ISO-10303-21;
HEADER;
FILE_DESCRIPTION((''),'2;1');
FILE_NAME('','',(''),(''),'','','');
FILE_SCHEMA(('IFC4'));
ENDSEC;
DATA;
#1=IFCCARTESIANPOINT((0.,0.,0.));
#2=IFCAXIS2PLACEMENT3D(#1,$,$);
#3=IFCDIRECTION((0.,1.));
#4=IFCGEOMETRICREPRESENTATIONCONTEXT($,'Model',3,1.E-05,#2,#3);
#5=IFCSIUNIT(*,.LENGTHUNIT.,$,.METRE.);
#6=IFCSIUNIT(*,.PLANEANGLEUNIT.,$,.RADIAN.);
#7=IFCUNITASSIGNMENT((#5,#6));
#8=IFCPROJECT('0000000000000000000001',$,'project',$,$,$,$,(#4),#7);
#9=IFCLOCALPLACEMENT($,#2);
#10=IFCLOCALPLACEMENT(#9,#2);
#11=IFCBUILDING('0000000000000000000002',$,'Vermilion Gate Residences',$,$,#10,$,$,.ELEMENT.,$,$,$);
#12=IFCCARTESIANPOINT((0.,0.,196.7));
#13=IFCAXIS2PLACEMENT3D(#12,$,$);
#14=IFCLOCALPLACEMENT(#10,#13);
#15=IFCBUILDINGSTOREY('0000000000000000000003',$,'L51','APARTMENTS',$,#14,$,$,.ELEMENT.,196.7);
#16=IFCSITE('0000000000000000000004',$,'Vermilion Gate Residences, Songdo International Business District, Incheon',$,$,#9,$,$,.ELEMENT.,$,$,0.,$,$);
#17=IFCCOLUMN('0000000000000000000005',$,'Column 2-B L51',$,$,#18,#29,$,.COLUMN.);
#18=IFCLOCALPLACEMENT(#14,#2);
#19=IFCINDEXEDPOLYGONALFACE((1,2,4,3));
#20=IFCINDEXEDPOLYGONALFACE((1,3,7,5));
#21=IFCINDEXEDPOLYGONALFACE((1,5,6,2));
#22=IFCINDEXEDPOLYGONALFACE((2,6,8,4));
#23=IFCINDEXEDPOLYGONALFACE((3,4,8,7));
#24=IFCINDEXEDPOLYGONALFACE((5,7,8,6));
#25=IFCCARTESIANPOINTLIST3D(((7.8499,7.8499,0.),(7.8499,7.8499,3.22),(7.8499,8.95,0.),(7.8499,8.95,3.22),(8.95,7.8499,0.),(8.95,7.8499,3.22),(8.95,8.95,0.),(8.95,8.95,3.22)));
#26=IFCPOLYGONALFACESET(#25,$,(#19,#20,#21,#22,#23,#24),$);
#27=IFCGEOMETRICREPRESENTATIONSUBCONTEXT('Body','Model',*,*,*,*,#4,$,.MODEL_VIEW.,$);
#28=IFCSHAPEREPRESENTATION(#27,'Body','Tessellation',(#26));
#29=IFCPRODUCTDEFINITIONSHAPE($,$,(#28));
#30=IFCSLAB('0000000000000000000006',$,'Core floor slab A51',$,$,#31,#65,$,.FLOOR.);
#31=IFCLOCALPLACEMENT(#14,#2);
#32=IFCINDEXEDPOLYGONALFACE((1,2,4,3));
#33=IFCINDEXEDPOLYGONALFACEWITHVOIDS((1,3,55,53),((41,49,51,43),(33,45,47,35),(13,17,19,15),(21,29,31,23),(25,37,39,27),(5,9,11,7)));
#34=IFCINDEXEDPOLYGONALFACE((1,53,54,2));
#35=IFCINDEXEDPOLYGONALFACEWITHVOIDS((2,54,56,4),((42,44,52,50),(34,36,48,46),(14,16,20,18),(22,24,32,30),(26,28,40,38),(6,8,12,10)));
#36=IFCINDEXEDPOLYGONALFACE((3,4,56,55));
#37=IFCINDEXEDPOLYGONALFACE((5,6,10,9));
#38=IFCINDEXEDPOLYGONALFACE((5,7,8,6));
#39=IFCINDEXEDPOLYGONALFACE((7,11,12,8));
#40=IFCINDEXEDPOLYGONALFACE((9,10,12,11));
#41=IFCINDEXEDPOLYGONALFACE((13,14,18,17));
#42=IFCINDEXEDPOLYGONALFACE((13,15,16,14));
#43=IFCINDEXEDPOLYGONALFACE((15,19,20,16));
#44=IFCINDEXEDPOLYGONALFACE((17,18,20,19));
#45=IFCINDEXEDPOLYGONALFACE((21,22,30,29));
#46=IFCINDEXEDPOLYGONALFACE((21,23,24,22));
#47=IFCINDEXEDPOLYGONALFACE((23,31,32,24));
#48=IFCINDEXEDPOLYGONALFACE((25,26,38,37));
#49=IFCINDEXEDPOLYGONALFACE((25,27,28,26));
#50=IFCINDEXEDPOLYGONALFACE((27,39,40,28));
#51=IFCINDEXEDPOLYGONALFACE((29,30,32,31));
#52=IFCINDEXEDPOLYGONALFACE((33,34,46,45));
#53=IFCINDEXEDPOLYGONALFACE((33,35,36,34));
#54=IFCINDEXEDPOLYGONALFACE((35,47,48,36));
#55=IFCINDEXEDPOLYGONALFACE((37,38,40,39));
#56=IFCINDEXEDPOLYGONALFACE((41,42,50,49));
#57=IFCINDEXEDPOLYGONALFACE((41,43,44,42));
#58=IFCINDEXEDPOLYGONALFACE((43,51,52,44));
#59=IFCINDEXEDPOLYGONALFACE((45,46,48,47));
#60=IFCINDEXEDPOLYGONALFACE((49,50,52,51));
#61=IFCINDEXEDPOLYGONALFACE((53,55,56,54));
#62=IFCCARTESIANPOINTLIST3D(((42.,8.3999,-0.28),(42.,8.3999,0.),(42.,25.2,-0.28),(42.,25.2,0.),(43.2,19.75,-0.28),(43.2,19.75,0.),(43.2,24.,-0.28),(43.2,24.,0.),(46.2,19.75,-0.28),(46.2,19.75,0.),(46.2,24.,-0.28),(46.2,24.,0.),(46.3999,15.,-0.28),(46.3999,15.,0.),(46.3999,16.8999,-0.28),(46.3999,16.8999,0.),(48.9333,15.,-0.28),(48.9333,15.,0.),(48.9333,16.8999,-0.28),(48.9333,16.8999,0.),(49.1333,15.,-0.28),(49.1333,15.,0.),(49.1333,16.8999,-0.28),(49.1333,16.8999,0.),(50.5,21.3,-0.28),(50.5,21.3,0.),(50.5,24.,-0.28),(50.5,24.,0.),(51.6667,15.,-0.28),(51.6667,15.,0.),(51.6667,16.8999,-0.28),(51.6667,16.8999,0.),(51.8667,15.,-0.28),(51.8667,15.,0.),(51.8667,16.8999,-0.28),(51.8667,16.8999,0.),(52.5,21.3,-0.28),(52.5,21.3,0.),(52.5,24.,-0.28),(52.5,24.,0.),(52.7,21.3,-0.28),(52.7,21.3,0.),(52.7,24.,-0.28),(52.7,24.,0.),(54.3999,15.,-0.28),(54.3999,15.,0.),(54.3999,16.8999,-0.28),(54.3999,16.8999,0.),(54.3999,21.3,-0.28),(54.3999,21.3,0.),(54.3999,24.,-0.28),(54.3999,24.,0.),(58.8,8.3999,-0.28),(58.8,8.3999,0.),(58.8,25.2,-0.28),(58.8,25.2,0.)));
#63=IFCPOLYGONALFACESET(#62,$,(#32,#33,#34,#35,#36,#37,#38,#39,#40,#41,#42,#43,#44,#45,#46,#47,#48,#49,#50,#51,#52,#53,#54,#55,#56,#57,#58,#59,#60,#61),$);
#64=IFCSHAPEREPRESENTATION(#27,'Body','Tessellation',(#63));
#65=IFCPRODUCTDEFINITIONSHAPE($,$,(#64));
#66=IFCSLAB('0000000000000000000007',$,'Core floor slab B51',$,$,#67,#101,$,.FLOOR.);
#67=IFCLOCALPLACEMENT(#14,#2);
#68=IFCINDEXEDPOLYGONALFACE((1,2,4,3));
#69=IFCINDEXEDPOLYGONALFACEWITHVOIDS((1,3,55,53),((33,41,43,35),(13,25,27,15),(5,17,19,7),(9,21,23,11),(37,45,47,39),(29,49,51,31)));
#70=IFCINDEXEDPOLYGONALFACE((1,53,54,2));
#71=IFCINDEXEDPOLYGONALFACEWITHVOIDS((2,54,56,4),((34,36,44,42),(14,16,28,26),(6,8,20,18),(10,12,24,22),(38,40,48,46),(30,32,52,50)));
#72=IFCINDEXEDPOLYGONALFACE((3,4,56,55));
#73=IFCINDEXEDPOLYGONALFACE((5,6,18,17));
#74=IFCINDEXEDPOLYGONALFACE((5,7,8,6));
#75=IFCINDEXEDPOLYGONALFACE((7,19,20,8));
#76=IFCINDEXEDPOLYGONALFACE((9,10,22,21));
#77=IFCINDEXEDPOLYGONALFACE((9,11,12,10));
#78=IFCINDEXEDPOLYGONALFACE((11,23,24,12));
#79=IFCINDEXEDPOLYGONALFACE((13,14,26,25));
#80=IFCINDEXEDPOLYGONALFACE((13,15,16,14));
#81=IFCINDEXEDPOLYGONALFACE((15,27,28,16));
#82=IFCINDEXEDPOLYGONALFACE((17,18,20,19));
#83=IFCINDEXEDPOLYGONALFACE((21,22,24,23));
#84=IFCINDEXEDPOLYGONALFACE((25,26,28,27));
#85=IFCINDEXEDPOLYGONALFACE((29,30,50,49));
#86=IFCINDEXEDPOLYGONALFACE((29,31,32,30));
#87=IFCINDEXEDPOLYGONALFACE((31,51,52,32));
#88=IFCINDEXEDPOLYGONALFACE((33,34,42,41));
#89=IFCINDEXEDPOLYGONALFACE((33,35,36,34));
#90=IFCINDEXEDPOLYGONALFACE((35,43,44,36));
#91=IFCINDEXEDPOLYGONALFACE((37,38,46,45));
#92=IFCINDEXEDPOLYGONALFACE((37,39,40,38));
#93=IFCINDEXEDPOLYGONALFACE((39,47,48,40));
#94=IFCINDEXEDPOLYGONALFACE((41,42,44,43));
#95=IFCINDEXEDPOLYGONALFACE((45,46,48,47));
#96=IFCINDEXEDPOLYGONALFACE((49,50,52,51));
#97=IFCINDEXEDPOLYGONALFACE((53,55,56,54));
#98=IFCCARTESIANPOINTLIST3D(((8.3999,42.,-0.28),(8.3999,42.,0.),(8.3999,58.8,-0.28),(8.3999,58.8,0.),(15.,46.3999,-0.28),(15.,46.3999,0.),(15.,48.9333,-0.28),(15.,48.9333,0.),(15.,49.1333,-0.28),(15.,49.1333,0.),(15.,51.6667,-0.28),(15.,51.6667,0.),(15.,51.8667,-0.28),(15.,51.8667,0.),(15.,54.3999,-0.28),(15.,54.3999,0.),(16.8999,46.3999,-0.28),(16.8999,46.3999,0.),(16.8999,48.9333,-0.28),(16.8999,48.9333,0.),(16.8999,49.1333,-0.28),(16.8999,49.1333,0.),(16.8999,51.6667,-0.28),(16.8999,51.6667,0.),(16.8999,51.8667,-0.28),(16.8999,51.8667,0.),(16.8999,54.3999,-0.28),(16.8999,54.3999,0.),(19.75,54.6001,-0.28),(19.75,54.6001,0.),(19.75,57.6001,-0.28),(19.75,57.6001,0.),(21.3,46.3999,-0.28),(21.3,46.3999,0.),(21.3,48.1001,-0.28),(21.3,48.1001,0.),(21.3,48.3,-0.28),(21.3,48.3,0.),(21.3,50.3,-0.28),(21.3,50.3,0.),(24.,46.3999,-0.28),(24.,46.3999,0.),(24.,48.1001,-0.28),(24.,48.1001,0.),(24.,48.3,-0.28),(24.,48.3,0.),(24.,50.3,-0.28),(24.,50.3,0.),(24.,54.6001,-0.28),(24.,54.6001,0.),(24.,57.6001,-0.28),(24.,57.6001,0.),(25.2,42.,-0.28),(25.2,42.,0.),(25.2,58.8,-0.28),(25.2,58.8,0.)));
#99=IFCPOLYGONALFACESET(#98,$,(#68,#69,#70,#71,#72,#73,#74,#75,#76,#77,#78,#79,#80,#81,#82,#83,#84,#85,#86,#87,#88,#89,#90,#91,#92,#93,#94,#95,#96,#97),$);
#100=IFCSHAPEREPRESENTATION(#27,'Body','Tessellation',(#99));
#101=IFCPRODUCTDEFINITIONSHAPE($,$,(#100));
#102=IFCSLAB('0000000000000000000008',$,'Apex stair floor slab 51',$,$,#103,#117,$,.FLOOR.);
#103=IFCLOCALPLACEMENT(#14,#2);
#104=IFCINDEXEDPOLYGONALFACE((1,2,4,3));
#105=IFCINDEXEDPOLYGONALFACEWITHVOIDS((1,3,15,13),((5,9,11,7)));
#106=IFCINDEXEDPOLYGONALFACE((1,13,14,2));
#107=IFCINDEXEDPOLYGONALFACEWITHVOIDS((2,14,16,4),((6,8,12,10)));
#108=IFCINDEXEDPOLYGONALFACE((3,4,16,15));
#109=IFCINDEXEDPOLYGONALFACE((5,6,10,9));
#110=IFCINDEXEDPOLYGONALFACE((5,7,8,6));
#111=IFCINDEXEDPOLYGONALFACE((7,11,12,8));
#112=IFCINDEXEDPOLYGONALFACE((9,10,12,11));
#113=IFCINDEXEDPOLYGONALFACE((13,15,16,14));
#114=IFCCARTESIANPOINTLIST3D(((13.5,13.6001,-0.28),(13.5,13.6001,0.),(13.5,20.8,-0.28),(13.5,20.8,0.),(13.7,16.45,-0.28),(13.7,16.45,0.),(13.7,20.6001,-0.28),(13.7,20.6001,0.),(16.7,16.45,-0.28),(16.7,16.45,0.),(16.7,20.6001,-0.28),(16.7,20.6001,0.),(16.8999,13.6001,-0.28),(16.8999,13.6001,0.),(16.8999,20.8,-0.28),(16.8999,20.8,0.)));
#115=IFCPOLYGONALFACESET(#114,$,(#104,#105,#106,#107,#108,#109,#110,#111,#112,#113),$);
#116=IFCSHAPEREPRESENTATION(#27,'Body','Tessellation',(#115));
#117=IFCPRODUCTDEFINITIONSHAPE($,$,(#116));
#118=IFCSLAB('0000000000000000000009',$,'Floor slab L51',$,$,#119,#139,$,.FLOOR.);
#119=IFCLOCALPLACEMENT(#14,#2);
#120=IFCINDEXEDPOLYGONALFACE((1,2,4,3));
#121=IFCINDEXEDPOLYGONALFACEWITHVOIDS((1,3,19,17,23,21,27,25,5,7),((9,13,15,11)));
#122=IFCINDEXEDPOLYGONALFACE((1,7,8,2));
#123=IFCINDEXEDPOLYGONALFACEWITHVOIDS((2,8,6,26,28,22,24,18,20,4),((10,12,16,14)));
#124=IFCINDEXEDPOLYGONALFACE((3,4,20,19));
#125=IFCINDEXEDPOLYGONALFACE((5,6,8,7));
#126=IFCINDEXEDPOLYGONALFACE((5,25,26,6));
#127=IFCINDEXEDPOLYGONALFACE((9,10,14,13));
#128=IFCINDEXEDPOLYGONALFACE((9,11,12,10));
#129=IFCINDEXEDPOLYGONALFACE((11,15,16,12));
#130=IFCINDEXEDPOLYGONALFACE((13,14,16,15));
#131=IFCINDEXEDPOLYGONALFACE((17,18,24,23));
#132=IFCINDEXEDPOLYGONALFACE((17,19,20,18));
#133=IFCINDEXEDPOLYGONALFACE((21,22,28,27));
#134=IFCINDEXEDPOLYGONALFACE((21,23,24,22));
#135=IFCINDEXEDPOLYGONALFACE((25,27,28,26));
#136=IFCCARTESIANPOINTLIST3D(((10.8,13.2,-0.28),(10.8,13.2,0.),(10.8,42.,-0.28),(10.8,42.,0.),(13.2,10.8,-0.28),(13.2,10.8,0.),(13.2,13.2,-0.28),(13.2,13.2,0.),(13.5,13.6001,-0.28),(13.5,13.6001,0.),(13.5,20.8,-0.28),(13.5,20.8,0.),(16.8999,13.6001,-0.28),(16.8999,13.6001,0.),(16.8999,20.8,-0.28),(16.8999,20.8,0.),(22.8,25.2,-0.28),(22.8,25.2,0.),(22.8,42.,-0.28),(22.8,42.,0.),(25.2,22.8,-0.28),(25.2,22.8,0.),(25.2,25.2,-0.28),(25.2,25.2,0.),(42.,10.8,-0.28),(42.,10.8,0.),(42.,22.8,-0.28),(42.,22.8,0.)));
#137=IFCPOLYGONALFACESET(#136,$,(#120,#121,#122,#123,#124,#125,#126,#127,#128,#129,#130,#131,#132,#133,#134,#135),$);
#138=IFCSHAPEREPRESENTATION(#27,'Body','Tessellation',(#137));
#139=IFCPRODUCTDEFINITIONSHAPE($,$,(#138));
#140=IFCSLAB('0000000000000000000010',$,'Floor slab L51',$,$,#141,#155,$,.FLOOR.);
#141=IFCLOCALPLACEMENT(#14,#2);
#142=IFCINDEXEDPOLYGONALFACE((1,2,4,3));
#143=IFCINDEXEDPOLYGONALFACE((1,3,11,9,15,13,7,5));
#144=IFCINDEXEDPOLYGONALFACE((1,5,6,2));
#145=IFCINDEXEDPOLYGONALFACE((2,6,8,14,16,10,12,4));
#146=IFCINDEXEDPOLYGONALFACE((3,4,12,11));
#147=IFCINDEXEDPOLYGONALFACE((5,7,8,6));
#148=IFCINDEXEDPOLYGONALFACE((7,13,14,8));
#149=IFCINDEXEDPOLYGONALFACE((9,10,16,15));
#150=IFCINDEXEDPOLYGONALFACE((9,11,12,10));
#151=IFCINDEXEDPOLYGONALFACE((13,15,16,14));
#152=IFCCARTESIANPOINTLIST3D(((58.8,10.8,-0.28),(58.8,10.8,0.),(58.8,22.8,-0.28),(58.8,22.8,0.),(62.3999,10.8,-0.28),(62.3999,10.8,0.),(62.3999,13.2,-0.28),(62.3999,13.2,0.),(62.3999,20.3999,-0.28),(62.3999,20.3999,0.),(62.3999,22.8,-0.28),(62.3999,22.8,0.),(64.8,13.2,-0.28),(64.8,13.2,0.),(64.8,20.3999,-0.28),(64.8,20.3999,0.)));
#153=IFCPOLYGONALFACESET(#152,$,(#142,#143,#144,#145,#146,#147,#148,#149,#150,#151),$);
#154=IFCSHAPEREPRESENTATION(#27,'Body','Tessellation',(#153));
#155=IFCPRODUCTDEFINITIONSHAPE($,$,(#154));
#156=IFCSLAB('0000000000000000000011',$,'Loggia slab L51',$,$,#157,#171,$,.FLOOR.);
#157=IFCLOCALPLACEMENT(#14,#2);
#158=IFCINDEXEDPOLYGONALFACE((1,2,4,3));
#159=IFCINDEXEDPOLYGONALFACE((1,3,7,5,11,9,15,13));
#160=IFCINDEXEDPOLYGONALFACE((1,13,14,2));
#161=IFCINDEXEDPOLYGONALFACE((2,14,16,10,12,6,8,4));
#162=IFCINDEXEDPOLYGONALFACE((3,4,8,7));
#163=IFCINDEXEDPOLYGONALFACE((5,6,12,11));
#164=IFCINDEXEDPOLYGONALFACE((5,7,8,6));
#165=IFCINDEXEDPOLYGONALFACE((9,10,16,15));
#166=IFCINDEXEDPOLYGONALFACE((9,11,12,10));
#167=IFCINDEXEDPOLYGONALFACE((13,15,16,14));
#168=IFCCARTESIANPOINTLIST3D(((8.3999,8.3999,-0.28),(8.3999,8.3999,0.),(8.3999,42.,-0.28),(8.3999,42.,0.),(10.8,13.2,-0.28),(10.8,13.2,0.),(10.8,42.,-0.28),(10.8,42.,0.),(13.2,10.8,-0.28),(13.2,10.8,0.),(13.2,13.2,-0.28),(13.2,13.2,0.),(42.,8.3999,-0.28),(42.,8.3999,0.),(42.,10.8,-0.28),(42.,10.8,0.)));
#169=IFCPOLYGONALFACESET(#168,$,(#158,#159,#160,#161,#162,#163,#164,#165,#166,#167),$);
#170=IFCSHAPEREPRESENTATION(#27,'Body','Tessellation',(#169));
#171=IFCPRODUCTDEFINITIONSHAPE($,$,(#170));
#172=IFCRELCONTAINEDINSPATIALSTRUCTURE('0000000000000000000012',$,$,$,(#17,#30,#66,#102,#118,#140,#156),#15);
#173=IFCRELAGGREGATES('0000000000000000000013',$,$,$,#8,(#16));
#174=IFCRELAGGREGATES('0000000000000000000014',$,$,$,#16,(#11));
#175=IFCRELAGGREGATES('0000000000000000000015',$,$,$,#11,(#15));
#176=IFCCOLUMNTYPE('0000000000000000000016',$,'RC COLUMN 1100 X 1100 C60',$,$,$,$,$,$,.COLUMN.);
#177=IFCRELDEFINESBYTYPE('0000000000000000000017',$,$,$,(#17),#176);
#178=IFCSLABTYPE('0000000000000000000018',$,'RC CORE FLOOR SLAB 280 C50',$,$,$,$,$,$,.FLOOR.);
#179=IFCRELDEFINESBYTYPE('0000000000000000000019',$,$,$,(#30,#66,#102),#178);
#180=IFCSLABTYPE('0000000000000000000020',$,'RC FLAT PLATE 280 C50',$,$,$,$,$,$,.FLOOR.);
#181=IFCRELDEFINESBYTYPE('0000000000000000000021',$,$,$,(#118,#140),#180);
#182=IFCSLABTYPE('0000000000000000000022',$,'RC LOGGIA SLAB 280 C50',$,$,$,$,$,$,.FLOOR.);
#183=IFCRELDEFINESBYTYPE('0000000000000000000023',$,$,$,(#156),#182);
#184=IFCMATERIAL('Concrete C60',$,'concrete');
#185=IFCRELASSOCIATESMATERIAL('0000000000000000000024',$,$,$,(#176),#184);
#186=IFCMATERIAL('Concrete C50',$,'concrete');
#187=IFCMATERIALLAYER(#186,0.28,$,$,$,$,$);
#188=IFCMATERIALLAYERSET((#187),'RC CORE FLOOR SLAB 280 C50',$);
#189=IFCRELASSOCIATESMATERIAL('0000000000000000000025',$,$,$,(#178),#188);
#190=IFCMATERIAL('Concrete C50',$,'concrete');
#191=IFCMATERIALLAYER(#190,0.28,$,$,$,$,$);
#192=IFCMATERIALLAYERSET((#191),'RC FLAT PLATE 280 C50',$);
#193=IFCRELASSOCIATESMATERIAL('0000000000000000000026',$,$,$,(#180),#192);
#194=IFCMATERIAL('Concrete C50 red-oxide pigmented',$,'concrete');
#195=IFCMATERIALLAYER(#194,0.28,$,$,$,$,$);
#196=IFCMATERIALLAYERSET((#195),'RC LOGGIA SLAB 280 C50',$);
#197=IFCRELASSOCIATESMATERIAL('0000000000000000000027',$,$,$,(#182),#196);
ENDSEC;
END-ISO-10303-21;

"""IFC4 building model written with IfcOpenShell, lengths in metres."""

from ifc_helpers import new_model, si_unit, direction, frame, origin, origin_2d, place, context, subcontext, project, spatial, polyline, rectangle, outline, extrude, material, layer, layer_set, material_profile, profile_set, type_object, element, save


model = new_model("IFC4")

# Units and contexts
model_context = context("Model", 3, precision=1e-05, world=origin(), true_north=direction((0.0, 1.0)))
body_context = subcontext(model_context, "Body", "Model", "MODEL_VIEW")
ifc_project = project(units=[si_unit("LENGTHUNIT", "METRE"), si_unit("PLANEANGLEUNIT", "RADIAN")], contexts=[model_context])

# Site, building, storey
site_placement = place(None, origin())
site = spatial("IfcSite", under=ifc_project, at=site_placement, Name="Vermilion Gate Residences, Songdo International Business District, Incheon", CompositionType="ELEMENT", RefElevation=0.0)
building_placement = place(site_placement, origin())
building = spatial("IfcBuilding", under=site, at=building_placement, Name="Vermilion Gate Residences", CompositionType="ELEMENT")
storey_placement = place(building_placement, frame((0.0, 0.0, 196.7)))
storey = spatial("IfcBuildingStorey", under=building, at=storey_placement, Name="L51", Description="APARTMENTS", CompositionType="ELEMENT", Elevation=196.7)

# Column
ifc_material_1 = material(Name="Concrete C60", Category="concrete")
ifc_material_profile_1 = material_profile(ifc_material_1, rectangle(XDim=1.1001, YDim=1.1001, at=origin_2d()), Name="RC-1100x1100")
ifc_profile_set_1 = profile_set([ifc_material_profile_1], Name="Concrete C60")
column_type = type_object("IfcColumnType", Name="RC COLUMN 1100 X 1100 C60", PredefinedType="COLUMN", material=ifc_profile_set_1)
column_placement = place(storey_placement, frame((8.3999, 8.3999, 0.0), z_axis=(0.0, 0.0, 1.0), x_axis=(1.0, 0.0, 0.0)))
element("IfcColumn", 1, at=column_placement, inside=storey, type_object=column_type, Name="Column 2-B L51", PredefinedType="COLUMN", context=body_context, shape_type="SweptSolid", body=[
    extrude(rectangle(XDim=1.1001, YDim=1.1001, at=origin_2d()), origin(), (0.0, 0.0, 1.0), 3.22),
])

# Slabs
ifc_material_2 = material(Name="Concrete C50", Category="concrete")
ifc_layer_1 = layer(ifc_material_2, 0.28)
ifc_layer_set_1 = layer_set([ifc_layer_1], Name="RC CORE FLOOR SLAB 280 C50")
slab_type_1 = type_object("IfcSlabType", Name="RC CORE FLOOR SLAB 280 C50", PredefinedType="FLOOR", material=ifc_layer_set_1)
slab_1_placement = place(storey_placement, frame((0.0, 0.0, -0.28)))
element("IfcSlab", 2, at=slab_1_placement, inside=storey, type_object=slab_type_1, Name="Core floor slab A51", PredefinedType="FLOOR", context=body_context, shape_type="SweptSolid", body=[
    extrude(outline(polyline([(42.0, 8.3999), (58.8, 8.3999), (58.8, 25.2), (42.0, 25.2), (42.0, 8.3999)]), holes=[polyline([(46.3999, 15.0), (46.3999, 16.8999), (48.9333, 16.8999), (48.9333, 15.0), (46.3999, 15.0)]), polyline([(49.1333, 16.8999), (51.6667, 16.8999), (51.6667, 15.0), (49.1333, 15.0), (49.1333, 16.8999)]), polyline([(51.8667, 16.8999), (54.3999, 16.8999), (54.3999, 15.0), (51.8667, 15.0), (51.8667, 16.8999)]), polyline([(43.2, 19.75), (43.2, 24.0), (46.2, 24.0), (46.2, 19.75), (43.2, 19.75)]), polyline([(50.5, 24.0), (52.5, 24.0), (52.5, 21.3), (50.5, 21.3), (50.5, 24.0)]), polyline([(52.7, 24.0), (54.3999, 24.0), (54.3999, 21.3), (52.7, 21.3), (52.7, 24.0)])]), origin(), (0.0, 0.0, 1.0), 0.28),
])
slab_2_placement = place(storey_placement, frame((0.0, 0.0, -0.28)))
element("IfcSlab", 3, at=slab_2_placement, inside=storey, type_object=slab_type_1, Name="Core floor slab B51", PredefinedType="FLOOR", context=body_context, shape_type="SweptSolid", body=[
    extrude(outline(polyline([(8.3999, 42.0), (25.2, 42.0), (25.2, 58.8), (8.3999, 58.8), (8.3999, 42.0)]), holes=[polyline([(21.3, 46.3999), (21.3, 48.1001), (24.0, 48.1001), (24.0, 46.3999), (21.3, 46.3999)]), polyline([(15.0, 48.9333), (16.8999, 48.9333), (16.8999, 46.3999), (15.0, 46.3999), (15.0, 48.9333)]), polyline([(21.3, 50.3), (24.0, 50.3), (24.0, 48.3), (21.3, 48.3), (21.3, 50.3)]), polyline([(15.0, 49.1333), (15.0, 51.6667), (16.8999, 51.6667), (16.8999, 49.1333), (15.0, 49.1333)]), polyline([(15.0, 54.3999), (16.8999, 54.3999), (16.8999, 51.8667), (15.0, 51.8667), (15.0, 54.3999)]), polyline([(19.75, 57.6001), (24.0, 57.6001), (24.0, 54.6001), (19.75, 54.6001), (19.75, 57.6001)])]), origin(), (0.0, 0.0, 1.0), 0.28),
])
slab_3_placement = place(storey_placement, frame((0.0, 0.0, -0.28)))
element("IfcSlab", 4, at=slab_3_placement, inside=storey, type_object=slab_type_1, Name="Apex stair floor slab 51", PredefinedType="FLOOR", context=body_context, shape_type="SweptSolid", body=[
    extrude(outline(polyline([(13.5, 13.6001), (16.8999, 13.6001), (16.8999, 20.8), (13.5, 20.8), (13.5, 13.6001)]), holes=[polyline([(16.7, 20.6001), (16.7, 16.45), (13.7, 16.45), (13.7, 20.6001), (16.7, 20.6001)])]), origin(), (0.0, 0.0, 1.0), 0.28),
])
ifc_material_3 = material(Name="Concrete C50", Category="concrete")
ifc_layer_2 = layer(ifc_material_3, 0.28)
ifc_layer_set_2 = layer_set([ifc_layer_2], Name="RC FLAT PLATE 280 C50")
slab_type_2 = type_object("IfcSlabType", Name="RC FLAT PLATE 280 C50", PredefinedType="FLOOR", material=ifc_layer_set_2)
slab_4_placement = place(storey_placement, frame((0.0, 0.0, -0.28)))
element("IfcSlab", 5, at=slab_4_placement, inside=storey, type_object=slab_type_2, Name="Floor slab L51", PredefinedType="FLOOR", context=body_context, shape_type="SweptSolid", body=[
    extrude(outline(polyline([(22.8, 25.2), (22.8, 42.0), (10.8, 42.0), (10.8, 13.2), (13.2, 13.2), (13.2, 10.8), (42.0, 10.8), (42.0, 22.8), (25.2, 22.8), (25.2, 25.2), (22.8, 25.2)]), holes=[polyline([(13.5, 13.6001), (13.5, 20.8), (16.8999, 20.8), (16.8999, 13.6001), (13.5, 13.6001)])]), origin(), (0.0, 0.0, 1.0), 0.28),
])
slab_5_placement = place(storey_placement, frame((0.0, 0.0, -0.28)))
element("IfcSlab", 6, at=slab_5_placement, inside=storey, type_object=slab_type_2, Name="Floor slab L51", PredefinedType="FLOOR", context=body_context, shape_type="SweptSolid", body=[
    extrude(outline(polyline([(58.8, 22.8), (58.8, 10.8), (62.3999, 10.8), (62.3999, 13.2), (64.8, 13.2), (64.8, 20.3999), (62.3999, 20.3999), (62.3999, 22.8), (58.8, 22.8)])), origin(), (0.0, 0.0, 1.0), 0.28),
])
ifc_material_4 = material(Name="Concrete C50 red-oxide pigmented", Category="concrete")
ifc_layer_3 = layer(ifc_material_4, 0.28)
ifc_layer_set_3 = layer_set([ifc_layer_3], Name="RC LOGGIA SLAB 280 C50")
slab_type_3 = type_object("IfcSlabType", Name="RC LOGGIA SLAB 280 C50", PredefinedType="FLOOR", material=ifc_layer_set_3)
slab_6_placement = place(storey_placement, frame((0.0, 0.0, -0.28)))
element("IfcSlab", 7, at=slab_6_placement, inside=storey, type_object=slab_type_3, Name="Loggia slab L51", PredefinedType="FLOOR", context=body_context, shape_type="SweptSolid", body=[
    extrude(outline(polyline([(8.3999, 42.0), (8.3999, 8.3999), (42.0, 8.3999), (42.0, 10.8), (13.2, 10.8), (13.2, 13.2), (10.8, 13.2), (10.8, 42.0), (8.3999, 42.0)])), origin(), (0.0, 0.0, 1.0), 0.28),
])

save(model, "model.ifc")
